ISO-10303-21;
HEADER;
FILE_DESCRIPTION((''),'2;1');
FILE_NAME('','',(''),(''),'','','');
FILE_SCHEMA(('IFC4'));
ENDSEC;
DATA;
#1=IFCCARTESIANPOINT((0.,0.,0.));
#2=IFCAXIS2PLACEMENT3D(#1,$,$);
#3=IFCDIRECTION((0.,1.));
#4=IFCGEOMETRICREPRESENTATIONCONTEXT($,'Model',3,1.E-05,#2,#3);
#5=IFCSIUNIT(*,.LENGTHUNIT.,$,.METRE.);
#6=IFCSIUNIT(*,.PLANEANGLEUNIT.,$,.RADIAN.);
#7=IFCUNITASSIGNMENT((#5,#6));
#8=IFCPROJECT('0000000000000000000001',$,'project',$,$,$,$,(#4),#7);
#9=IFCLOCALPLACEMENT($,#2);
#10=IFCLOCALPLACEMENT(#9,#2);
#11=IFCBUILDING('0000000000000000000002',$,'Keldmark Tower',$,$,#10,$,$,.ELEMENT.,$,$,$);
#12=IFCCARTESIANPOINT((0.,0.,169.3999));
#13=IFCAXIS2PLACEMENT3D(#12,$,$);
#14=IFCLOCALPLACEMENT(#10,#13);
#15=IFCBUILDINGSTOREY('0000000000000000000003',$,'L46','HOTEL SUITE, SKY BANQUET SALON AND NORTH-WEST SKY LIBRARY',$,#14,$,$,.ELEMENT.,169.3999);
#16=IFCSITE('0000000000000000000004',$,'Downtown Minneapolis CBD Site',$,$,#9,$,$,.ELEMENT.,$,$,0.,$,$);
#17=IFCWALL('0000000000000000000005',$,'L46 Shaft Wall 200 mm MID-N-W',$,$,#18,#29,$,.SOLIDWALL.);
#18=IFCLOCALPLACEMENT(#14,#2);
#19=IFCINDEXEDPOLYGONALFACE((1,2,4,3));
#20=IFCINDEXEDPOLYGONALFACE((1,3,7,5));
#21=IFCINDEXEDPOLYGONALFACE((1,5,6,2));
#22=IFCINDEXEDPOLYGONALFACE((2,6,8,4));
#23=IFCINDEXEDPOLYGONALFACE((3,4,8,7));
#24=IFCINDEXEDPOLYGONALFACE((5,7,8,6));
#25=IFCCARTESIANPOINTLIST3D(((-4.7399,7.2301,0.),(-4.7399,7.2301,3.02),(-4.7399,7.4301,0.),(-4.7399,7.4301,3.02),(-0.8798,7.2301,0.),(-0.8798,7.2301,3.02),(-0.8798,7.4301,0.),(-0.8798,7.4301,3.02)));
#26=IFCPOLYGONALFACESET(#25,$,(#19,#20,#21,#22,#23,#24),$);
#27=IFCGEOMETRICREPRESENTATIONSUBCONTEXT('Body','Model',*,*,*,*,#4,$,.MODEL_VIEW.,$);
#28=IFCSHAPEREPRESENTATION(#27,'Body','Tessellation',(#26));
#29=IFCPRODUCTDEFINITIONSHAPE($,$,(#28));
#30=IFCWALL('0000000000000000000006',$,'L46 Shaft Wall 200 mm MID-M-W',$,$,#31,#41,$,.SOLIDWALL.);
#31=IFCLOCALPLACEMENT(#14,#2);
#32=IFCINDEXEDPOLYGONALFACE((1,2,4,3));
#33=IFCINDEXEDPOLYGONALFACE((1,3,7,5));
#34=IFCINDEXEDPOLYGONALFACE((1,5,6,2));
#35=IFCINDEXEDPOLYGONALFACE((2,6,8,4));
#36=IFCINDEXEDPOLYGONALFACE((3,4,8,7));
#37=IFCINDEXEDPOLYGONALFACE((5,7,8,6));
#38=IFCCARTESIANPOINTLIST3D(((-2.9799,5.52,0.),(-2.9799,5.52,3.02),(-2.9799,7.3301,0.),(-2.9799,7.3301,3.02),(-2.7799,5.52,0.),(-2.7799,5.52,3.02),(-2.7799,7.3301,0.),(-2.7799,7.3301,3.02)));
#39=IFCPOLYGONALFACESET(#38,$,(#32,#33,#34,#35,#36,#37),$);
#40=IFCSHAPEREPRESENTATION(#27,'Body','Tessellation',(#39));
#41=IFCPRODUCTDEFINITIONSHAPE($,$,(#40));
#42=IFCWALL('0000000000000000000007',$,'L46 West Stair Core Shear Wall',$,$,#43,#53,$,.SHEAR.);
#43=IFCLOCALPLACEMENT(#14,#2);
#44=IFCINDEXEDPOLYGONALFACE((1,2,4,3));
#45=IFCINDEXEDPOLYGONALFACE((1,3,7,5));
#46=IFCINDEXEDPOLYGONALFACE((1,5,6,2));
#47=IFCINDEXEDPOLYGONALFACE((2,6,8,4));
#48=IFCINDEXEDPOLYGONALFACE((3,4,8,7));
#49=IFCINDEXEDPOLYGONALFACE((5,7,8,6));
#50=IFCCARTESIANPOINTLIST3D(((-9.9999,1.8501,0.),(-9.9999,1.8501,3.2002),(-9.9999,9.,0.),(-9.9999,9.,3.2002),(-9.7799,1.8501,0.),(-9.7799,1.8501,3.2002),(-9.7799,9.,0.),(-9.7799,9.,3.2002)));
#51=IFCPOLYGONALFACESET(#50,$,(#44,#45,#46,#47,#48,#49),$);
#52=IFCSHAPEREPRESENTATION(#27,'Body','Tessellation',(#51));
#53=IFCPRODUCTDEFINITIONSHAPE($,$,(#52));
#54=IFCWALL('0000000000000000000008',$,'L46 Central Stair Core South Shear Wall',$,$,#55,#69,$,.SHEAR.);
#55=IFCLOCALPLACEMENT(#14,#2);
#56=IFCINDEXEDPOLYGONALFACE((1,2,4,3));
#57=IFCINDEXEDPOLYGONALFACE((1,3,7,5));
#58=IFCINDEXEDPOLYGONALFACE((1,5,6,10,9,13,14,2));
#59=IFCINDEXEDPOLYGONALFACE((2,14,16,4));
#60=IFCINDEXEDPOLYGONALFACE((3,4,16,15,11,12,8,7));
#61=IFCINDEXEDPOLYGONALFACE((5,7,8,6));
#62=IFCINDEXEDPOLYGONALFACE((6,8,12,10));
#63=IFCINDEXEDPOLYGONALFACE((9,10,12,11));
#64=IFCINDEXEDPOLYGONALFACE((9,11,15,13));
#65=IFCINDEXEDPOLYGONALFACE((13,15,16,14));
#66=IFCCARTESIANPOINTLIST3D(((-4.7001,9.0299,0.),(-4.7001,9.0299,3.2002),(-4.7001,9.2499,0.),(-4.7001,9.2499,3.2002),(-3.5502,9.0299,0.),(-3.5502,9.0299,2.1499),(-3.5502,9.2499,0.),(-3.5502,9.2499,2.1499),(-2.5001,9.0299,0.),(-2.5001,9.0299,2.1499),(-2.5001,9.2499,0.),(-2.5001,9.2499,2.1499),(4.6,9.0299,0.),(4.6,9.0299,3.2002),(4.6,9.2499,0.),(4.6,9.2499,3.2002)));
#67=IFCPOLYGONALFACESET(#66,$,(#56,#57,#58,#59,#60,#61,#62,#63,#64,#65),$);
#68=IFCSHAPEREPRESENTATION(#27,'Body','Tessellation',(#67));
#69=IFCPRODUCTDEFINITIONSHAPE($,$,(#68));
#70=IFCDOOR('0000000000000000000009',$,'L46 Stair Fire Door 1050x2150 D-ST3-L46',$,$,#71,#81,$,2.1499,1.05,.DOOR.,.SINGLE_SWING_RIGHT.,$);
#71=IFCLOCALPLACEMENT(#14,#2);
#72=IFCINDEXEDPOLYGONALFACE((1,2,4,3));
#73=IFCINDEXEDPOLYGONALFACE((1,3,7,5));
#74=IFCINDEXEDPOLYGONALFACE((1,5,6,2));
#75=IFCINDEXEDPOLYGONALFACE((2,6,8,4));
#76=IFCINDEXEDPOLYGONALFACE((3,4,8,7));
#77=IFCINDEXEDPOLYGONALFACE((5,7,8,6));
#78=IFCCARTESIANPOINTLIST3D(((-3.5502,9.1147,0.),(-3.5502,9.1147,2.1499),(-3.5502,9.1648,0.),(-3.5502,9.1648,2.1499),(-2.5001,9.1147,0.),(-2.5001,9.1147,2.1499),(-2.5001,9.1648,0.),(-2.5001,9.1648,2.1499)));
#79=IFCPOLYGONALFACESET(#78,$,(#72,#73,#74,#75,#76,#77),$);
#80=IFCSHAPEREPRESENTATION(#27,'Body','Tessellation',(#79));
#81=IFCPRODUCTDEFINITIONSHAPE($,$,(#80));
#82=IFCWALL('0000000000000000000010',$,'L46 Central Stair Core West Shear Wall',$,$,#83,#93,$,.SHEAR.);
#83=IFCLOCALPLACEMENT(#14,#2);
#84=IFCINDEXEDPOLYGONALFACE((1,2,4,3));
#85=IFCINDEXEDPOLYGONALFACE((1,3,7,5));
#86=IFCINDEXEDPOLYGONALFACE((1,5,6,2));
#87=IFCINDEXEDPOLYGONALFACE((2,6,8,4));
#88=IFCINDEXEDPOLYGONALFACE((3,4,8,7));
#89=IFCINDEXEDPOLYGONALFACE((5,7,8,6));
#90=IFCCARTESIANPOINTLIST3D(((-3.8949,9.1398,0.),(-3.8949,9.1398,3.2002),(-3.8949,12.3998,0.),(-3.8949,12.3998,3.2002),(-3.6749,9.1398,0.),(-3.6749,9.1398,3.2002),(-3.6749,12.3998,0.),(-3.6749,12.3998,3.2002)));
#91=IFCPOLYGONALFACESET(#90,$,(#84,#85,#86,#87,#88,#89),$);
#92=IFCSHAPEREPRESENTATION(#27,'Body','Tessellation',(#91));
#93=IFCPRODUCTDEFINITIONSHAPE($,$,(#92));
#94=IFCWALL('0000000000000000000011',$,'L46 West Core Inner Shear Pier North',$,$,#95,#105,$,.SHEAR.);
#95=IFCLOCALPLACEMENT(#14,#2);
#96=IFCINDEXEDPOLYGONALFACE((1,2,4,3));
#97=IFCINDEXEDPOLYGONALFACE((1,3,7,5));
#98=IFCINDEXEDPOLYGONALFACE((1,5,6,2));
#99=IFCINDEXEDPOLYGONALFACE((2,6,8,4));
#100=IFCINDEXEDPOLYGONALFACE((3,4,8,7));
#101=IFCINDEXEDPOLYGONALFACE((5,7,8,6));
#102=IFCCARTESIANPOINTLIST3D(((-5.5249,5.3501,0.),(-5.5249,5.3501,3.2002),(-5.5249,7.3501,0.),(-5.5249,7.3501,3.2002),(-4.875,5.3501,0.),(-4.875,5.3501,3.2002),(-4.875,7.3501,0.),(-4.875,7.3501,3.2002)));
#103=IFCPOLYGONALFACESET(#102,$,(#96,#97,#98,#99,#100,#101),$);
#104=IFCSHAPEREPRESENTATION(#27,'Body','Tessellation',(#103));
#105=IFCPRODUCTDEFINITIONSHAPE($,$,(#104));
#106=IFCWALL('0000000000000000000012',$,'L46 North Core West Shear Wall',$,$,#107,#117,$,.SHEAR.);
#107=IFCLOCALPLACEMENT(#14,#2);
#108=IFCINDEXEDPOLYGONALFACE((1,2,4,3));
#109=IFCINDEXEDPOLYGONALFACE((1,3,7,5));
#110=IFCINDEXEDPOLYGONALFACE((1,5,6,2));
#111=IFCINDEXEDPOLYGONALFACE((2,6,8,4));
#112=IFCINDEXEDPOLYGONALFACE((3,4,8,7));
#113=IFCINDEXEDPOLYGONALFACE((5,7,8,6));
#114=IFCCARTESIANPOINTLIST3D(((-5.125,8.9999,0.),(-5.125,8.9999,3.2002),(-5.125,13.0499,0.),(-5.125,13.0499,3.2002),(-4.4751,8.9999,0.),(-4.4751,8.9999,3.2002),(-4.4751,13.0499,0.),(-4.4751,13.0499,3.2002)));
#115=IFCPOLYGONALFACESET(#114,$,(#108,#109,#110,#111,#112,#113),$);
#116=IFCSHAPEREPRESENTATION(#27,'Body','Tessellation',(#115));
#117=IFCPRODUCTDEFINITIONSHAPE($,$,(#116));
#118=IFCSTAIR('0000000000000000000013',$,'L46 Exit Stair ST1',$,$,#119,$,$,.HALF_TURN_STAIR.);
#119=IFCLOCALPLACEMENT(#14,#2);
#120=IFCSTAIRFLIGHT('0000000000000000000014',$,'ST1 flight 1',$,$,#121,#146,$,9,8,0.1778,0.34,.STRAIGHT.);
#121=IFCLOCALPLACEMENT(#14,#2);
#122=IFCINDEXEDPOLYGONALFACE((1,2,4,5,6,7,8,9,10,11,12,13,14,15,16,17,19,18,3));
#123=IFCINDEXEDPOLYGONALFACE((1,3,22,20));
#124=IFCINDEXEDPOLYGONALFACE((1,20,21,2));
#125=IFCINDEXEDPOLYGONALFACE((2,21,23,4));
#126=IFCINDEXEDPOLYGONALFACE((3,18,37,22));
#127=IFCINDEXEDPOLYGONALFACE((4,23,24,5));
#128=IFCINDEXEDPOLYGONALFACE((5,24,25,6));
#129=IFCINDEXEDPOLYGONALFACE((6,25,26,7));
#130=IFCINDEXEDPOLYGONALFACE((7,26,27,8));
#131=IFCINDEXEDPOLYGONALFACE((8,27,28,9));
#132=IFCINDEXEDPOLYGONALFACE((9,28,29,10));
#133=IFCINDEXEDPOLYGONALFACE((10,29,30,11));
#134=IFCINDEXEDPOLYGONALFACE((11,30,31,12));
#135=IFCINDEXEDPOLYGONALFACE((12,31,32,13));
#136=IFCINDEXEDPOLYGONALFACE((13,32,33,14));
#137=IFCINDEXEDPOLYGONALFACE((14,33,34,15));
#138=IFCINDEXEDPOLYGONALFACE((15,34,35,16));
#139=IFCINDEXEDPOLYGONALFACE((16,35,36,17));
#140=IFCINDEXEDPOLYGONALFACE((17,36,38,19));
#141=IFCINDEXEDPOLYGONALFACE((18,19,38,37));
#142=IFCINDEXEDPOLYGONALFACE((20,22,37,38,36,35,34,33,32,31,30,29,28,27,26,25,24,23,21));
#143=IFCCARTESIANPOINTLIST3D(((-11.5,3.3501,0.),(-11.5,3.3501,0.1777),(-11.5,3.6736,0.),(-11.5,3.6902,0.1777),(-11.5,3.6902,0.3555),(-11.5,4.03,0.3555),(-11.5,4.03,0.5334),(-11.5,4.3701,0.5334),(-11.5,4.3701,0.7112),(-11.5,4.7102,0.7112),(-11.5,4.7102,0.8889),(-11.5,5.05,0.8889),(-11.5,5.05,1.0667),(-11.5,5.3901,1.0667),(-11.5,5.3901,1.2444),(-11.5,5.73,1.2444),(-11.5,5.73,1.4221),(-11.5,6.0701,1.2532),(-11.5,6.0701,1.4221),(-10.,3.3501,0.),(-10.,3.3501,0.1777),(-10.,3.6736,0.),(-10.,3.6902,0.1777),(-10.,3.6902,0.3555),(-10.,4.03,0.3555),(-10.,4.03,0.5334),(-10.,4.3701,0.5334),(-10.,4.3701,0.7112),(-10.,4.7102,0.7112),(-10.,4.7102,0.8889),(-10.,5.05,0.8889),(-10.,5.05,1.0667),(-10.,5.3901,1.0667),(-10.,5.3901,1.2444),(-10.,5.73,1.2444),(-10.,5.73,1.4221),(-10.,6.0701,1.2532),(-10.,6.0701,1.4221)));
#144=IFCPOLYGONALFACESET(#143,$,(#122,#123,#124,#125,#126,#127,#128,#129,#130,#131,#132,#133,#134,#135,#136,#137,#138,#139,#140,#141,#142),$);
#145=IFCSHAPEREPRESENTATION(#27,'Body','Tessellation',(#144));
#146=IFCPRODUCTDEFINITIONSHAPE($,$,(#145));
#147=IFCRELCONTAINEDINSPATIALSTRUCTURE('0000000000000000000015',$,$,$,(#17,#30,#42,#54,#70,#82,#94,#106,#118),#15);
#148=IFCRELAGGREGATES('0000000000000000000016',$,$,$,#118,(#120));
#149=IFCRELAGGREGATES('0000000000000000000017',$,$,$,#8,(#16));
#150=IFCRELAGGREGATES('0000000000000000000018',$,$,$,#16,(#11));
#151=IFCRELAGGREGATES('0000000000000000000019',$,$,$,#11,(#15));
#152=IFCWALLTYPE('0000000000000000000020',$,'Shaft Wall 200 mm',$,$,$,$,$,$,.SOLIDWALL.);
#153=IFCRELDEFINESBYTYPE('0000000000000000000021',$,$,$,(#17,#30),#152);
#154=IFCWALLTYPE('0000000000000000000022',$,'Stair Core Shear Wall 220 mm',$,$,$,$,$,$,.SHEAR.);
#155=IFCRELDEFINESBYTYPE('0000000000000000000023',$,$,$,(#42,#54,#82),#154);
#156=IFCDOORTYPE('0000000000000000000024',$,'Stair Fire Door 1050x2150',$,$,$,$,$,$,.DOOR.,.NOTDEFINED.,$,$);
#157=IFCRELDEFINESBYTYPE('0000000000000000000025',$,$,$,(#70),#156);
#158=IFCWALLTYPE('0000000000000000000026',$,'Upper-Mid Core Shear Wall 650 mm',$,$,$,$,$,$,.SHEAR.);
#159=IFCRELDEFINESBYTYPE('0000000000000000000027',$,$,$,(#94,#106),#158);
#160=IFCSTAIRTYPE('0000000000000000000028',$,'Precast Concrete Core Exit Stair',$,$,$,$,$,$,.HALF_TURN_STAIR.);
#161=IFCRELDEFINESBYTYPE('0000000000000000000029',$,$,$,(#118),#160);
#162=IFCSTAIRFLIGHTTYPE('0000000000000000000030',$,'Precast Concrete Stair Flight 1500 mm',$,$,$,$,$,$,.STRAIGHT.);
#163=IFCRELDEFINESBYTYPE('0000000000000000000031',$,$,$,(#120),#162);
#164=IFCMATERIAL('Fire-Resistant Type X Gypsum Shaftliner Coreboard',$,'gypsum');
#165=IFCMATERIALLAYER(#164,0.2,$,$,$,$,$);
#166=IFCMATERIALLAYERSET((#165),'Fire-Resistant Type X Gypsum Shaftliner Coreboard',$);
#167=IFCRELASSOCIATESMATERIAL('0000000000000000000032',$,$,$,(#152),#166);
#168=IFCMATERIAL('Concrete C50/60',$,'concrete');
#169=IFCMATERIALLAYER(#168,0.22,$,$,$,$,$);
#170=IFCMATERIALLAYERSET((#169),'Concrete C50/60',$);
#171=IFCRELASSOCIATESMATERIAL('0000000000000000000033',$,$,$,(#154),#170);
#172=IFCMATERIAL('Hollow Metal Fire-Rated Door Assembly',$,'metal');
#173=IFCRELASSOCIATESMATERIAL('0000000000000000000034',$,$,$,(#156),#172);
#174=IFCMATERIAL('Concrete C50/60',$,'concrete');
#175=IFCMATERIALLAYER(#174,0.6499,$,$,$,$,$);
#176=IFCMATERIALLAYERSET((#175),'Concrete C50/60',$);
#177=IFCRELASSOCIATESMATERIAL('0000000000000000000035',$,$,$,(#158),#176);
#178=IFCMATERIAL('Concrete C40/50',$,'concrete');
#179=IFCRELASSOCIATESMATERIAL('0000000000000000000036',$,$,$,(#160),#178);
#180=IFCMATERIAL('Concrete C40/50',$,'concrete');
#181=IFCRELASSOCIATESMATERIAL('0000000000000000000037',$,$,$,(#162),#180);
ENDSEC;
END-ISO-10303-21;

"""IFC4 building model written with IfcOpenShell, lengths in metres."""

from ifc_helpers import new_model, si_unit, direction, frame, frame_2d, origin, place, context, subcontext, project, spatial, polyline, rectangle, outline, extrude, material, layer, layer_set, type_object, element, fill, aggregate, save


model = new_model("IFC4")

# Units and contexts
model_context = context("Model", 3, precision=1e-05, world=origin(), true_north=direction((0.0, 1.0)))
body_context = subcontext(model_context, "Body", "Model", "MODEL_VIEW")
ifc_project = project(units=[si_unit("LENGTHUNIT", "METRE"), si_unit("PLANEANGLEUNIT", "RADIAN")], contexts=[model_context])

# Site, building, storey
site_placement = place(None, origin())
site = spatial("IfcSite", under=ifc_project, at=site_placement, Name="Downtown Minneapolis CBD Site", CompositionType="ELEMENT", RefElevation=0.0)
building_placement = place(site_placement, origin())
building = spatial("IfcBuilding", under=site, at=building_placement, Name="Keldmark Tower", CompositionType="ELEMENT")
storey_placement = place(building_placement, frame((0.0, 0.0, 169.3999)))
storey = spatial("IfcBuildingStorey", under=building, at=storey_placement, Name="L46", Description="HOTEL SUITE, SKY BANQUET SALON AND NORTH-WEST SKY LIBRARY", CompositionType="ELEMENT", Elevation=169.3999)

# Shared definitions
ifc_material_1 = material(Name="Fire-Resistant Type X Gypsum Shaftliner Coreboard", Category="gypsum")
ifc_layer_1 = layer(ifc_material_1, 0.2)
ifc_layer_set_1 = layer_set([ifc_layer_1], Name="Fire-Resistant Type X Gypsum Shaftliner Coreboard")
wall_type_1 = type_object("IfcWallType", Name="Shaft Wall 200 mm", PredefinedType="SOLIDWALL", material=ifc_layer_set_1)

# Walls
wall_1_placement = place(storey_placement, frame((-4.74, 7.3301, 0.0), z_axis=(0.0, 0.0, 1.0), x_axis=(1.0, 0.0, 0.0)))
element("IfcWall", 1, at=wall_1_placement, inside=storey, type_object=wall_type_1, Name="L46 Shaft Wall 200 mm MID-N-W", PredefinedType="SOLIDWALL", context=body_context, shape_type="SweptSolid", body=[
    extrude(rectangle(XDim=3.8601, YDim=0.2, at=frame_2d((1.9302, 0.0))), origin(), (0.0, 0.0, 1.0), 3.02),
])
wall_2_placement = place(storey_placement, frame((-2.8799, 5.52, 0.0), z_axis=(0.0, 0.0, 1.0), x_axis=(0.0, 1.0, 0.0)))
element("IfcWall", 2, at=wall_2_placement, inside=storey, type_object=wall_type_1, Name="L46 Shaft Wall 200 mm MID-M-W", PredefinedType="SOLIDWALL", context=body_context, shape_type="SweptSolid", body=[
    extrude(rectangle(XDim=1.8101, YDim=0.2, at=frame_2d((0.905, 0.0))), origin(), (0.0, 0.0, 1.0), 3.02),
])
ifc_material_2 = material(Name="Concrete C50/60", Category="concrete")
ifc_layer_2 = layer(ifc_material_2, 0.22)
ifc_layer_set_2 = layer_set([ifc_layer_2], Name="Concrete C50/60")
wall_type_2 = type_object("IfcWallType", Name="Stair Core Shear Wall 220 mm", PredefinedType="SHEAR", material=ifc_layer_set_2)
wall_3_placement = place(storey_placement, frame((-9.8899, 1.8501, 0.0), z_axis=(0.0, 0.0, 1.0), x_axis=(0.0, 1.0, 0.0)))
element("IfcWall", 3, at=wall_3_placement, inside=storey, type_object=wall_type_2, Name="L46 West Stair Core Shear Wall", PredefinedType="SHEAR", context=body_context, shape_type="SweptSolid", body=[
    extrude(rectangle(XDim=7.1499, YDim=0.22, at=frame_2d((3.575, 0.0))), origin(), (0.0, 0.0, 1.0), 3.2002),
])

# Wall, opening, door
wall_4_placement = place(storey_placement, frame((-4.7, 9.1399, 0.0), z_axis=(0.0, 0.0, 1.0), x_axis=(1.0, 0.0, 0.0)))
wall_4 = element("IfcWall", 4, at=wall_4_placement, inside=storey, type_object=wall_type_2, Name="L46 Central Stair Core South Shear Wall", PredefinedType="SHEAR", context=body_context, shape_type="SweptSolid", body=[
    extrude(rectangle(XDim=9.3, YDim=0.22, at=frame_2d((4.6499, 0.0))), origin(), (0.0, 0.0, 1.0), 3.2002),
])
opening_1_placement = place(wall_4_placement, frame((1.1499, 0.0, 0.0)))
opening_1 = element("IfcOpeningElement", 5, at=opening_1_placement, cuts=wall_4, PredefinedType="OPENING", context=body_context, shape_type="SweptSolid", body=[
    extrude(rectangle(XDim=1.05, YDim=2.1499, at=frame_2d((0.5249, 1.075))), frame((0.0, 0.1199, 0.0), z_axis=(0.0, -1.0, 0.0), x_axis=(1.0, 0.0, 0.0)), (0.0, 0.0, 1.0), 0.24),
])
ifc_material_3 = material(Name="Hollow Metal Fire-Rated Door Assembly", Category="metal")
door_type_1 = type_object("IfcDoorType", Name="Stair Fire Door 1050x2150", OperationType="NOTDEFINED", PredefinedType="DOOR", material=ifc_material_3)
door_1_placement = place(opening_1_placement, origin())
door_1 = element("IfcDoor", 6, at=door_1_placement, inside=storey, type_object=door_type_1, Name="L46 Stair Fire Door 1050x2150 D-ST3-L46", OperationType="SINGLE_SWING_RIGHT", OverallHeight=2.1499, OverallWidth=1.05, PredefinedType="DOOR", context=body_context, shape_type="SweptSolid", body=[
    extrude(rectangle(XDim=1.05, YDim=2.1499, at=frame_2d((0.5249, 1.075))), frame((0.0, 0.0249, 0.0), z_axis=(0.0, -1.0, 0.0), x_axis=(1.0, 0.0, 0.0)), (0.0, 0.0, 1.0), 0.05),
])
fill(opening_1, door_1)

# Walls
wall_5_placement = place(storey_placement, frame((-3.7849, 9.1399, 0.0), z_axis=(0.0, 0.0, 1.0), x_axis=(0.0, 1.0, 0.0)))
element("IfcWall", 7, at=wall_5_placement, inside=storey, type_object=wall_type_2, Name="L46 Central Stair Core West Shear Wall", PredefinedType="SHEAR", context=body_context, shape_type="SweptSolid", body=[
    extrude(rectangle(XDim=3.26, YDim=0.22, at=frame_2d((1.6299, 0.0))), origin(), (0.0, 0.0, 1.0), 3.2002),
])
ifc_material_4 = material(Name="Concrete C50/60", Category="concrete")
ifc_layer_3 = layer(ifc_material_4, 0.6499)
ifc_layer_set_3 = layer_set([ifc_layer_3], Name="Concrete C50/60")
wall_type_3 = type_object("IfcWallType", Name="Upper-Mid Core Shear Wall 650 mm", PredefinedType="SHEAR", material=ifc_layer_set_3)
wall_6_placement = place(storey_placement, frame((-5.2, 5.3501, 0.0), z_axis=(0.0, 0.0, 1.0), x_axis=(0.0, 1.0, 0.0)))
element("IfcWall", 8, at=wall_6_placement, inside=storey, type_object=wall_type_3, Name="L46 West Core Inner Shear Pier North", PredefinedType="SHEAR", context=body_context, shape_type="SweptSolid", body=[
    extrude(rectangle(XDim=2.0, YDim=0.6499, at=frame_2d((1.0, 0.0))), origin(), (0.0, 0.0, 1.0), 3.2002),
])
wall_7_placement = place(storey_placement, frame((-4.8, 9.0, 0.0), z_axis=(0.0, 0.0, 1.0), x_axis=(0.0, 1.0, 0.0)))
element("IfcWall", 9, at=wall_7_placement, inside=storey, type_object=wall_type_3, Name="L46 North Core West Shear Wall", PredefinedType="SHEAR", context=body_context, shape_type="SweptSolid", body=[
    extrude(rectangle(XDim=4.05, YDim=0.6499, at=frame_2d((2.0249, 0.0))), origin(), (0.0, 0.0, 1.0), 3.2002),
])

# Stair, stair flight
ifc_material_5 = material(Name="Concrete C40/50", Category="concrete")
stair_type = type_object("IfcStairType", Name="Precast Concrete Core Exit Stair", PredefinedType="HALF_TURN_STAIR", material=ifc_material_5)
stair_placement = place(storey_placement, origin())
stair = element("IfcStair", 10, at=stair_placement, inside=storey, type_object=stair_type, Name="L46 Exit Stair ST1", PredefinedType="HALF_TURN_STAIR")
ifc_material_6 = material(Name="Concrete C40/50", Category="concrete")
stair_flight_type = type_object("IfcStairFlightType", Name="Precast Concrete Stair Flight 1500 mm", PredefinedType="STRAIGHT", material=ifc_material_6)
stair_flight_placement = place(storey_placement, frame((-10.75, 3.3501, 0.0), z_axis=(0.0, 0.0, 1.0), x_axis=(0.0, 1.0, 0.0)))
stair_flight = element("IfcStairFlight", 11, at=stair_flight_placement, type_object=stair_flight_type, Name="ST1 flight 1", NumberOfRisers=9, NumberOfTreads=8, PredefinedType="STRAIGHT", RiserHeight=0.1778, TreadLength=0.34, context=body_context, shape_type="SweptSolid", body=[
    extrude(outline(polyline([(0.0, 0.0), (0.0, 0.1777), (0.3401, 0.1777), (0.3401, 0.3555), (0.6799, 0.3555), (0.6799, 0.5334), (1.02, 0.5334), (1.02, 0.7112), (1.3601, 0.7112), (1.3601, 0.8889), (1.7, 0.8889), (1.7, 1.0667), (2.04, 1.0667), (2.04, 1.2444), (2.3799, 1.2444), (2.3799, 1.4221), (2.72, 1.4221), (2.72, 1.6001), (2.72, 1.2532), (0.3235, 0.0), (0.0, 0.0)])), frame((0.0, 0.75, 0.0), z_axis=(0.0, -1.0, 0.0), x_axis=(1.0, 0.0, 0.0)), (0.0, 0.0, 1.0), 1.5),
])
aggregate(stair, [stair_flight])

save(model, "model.ifc")
